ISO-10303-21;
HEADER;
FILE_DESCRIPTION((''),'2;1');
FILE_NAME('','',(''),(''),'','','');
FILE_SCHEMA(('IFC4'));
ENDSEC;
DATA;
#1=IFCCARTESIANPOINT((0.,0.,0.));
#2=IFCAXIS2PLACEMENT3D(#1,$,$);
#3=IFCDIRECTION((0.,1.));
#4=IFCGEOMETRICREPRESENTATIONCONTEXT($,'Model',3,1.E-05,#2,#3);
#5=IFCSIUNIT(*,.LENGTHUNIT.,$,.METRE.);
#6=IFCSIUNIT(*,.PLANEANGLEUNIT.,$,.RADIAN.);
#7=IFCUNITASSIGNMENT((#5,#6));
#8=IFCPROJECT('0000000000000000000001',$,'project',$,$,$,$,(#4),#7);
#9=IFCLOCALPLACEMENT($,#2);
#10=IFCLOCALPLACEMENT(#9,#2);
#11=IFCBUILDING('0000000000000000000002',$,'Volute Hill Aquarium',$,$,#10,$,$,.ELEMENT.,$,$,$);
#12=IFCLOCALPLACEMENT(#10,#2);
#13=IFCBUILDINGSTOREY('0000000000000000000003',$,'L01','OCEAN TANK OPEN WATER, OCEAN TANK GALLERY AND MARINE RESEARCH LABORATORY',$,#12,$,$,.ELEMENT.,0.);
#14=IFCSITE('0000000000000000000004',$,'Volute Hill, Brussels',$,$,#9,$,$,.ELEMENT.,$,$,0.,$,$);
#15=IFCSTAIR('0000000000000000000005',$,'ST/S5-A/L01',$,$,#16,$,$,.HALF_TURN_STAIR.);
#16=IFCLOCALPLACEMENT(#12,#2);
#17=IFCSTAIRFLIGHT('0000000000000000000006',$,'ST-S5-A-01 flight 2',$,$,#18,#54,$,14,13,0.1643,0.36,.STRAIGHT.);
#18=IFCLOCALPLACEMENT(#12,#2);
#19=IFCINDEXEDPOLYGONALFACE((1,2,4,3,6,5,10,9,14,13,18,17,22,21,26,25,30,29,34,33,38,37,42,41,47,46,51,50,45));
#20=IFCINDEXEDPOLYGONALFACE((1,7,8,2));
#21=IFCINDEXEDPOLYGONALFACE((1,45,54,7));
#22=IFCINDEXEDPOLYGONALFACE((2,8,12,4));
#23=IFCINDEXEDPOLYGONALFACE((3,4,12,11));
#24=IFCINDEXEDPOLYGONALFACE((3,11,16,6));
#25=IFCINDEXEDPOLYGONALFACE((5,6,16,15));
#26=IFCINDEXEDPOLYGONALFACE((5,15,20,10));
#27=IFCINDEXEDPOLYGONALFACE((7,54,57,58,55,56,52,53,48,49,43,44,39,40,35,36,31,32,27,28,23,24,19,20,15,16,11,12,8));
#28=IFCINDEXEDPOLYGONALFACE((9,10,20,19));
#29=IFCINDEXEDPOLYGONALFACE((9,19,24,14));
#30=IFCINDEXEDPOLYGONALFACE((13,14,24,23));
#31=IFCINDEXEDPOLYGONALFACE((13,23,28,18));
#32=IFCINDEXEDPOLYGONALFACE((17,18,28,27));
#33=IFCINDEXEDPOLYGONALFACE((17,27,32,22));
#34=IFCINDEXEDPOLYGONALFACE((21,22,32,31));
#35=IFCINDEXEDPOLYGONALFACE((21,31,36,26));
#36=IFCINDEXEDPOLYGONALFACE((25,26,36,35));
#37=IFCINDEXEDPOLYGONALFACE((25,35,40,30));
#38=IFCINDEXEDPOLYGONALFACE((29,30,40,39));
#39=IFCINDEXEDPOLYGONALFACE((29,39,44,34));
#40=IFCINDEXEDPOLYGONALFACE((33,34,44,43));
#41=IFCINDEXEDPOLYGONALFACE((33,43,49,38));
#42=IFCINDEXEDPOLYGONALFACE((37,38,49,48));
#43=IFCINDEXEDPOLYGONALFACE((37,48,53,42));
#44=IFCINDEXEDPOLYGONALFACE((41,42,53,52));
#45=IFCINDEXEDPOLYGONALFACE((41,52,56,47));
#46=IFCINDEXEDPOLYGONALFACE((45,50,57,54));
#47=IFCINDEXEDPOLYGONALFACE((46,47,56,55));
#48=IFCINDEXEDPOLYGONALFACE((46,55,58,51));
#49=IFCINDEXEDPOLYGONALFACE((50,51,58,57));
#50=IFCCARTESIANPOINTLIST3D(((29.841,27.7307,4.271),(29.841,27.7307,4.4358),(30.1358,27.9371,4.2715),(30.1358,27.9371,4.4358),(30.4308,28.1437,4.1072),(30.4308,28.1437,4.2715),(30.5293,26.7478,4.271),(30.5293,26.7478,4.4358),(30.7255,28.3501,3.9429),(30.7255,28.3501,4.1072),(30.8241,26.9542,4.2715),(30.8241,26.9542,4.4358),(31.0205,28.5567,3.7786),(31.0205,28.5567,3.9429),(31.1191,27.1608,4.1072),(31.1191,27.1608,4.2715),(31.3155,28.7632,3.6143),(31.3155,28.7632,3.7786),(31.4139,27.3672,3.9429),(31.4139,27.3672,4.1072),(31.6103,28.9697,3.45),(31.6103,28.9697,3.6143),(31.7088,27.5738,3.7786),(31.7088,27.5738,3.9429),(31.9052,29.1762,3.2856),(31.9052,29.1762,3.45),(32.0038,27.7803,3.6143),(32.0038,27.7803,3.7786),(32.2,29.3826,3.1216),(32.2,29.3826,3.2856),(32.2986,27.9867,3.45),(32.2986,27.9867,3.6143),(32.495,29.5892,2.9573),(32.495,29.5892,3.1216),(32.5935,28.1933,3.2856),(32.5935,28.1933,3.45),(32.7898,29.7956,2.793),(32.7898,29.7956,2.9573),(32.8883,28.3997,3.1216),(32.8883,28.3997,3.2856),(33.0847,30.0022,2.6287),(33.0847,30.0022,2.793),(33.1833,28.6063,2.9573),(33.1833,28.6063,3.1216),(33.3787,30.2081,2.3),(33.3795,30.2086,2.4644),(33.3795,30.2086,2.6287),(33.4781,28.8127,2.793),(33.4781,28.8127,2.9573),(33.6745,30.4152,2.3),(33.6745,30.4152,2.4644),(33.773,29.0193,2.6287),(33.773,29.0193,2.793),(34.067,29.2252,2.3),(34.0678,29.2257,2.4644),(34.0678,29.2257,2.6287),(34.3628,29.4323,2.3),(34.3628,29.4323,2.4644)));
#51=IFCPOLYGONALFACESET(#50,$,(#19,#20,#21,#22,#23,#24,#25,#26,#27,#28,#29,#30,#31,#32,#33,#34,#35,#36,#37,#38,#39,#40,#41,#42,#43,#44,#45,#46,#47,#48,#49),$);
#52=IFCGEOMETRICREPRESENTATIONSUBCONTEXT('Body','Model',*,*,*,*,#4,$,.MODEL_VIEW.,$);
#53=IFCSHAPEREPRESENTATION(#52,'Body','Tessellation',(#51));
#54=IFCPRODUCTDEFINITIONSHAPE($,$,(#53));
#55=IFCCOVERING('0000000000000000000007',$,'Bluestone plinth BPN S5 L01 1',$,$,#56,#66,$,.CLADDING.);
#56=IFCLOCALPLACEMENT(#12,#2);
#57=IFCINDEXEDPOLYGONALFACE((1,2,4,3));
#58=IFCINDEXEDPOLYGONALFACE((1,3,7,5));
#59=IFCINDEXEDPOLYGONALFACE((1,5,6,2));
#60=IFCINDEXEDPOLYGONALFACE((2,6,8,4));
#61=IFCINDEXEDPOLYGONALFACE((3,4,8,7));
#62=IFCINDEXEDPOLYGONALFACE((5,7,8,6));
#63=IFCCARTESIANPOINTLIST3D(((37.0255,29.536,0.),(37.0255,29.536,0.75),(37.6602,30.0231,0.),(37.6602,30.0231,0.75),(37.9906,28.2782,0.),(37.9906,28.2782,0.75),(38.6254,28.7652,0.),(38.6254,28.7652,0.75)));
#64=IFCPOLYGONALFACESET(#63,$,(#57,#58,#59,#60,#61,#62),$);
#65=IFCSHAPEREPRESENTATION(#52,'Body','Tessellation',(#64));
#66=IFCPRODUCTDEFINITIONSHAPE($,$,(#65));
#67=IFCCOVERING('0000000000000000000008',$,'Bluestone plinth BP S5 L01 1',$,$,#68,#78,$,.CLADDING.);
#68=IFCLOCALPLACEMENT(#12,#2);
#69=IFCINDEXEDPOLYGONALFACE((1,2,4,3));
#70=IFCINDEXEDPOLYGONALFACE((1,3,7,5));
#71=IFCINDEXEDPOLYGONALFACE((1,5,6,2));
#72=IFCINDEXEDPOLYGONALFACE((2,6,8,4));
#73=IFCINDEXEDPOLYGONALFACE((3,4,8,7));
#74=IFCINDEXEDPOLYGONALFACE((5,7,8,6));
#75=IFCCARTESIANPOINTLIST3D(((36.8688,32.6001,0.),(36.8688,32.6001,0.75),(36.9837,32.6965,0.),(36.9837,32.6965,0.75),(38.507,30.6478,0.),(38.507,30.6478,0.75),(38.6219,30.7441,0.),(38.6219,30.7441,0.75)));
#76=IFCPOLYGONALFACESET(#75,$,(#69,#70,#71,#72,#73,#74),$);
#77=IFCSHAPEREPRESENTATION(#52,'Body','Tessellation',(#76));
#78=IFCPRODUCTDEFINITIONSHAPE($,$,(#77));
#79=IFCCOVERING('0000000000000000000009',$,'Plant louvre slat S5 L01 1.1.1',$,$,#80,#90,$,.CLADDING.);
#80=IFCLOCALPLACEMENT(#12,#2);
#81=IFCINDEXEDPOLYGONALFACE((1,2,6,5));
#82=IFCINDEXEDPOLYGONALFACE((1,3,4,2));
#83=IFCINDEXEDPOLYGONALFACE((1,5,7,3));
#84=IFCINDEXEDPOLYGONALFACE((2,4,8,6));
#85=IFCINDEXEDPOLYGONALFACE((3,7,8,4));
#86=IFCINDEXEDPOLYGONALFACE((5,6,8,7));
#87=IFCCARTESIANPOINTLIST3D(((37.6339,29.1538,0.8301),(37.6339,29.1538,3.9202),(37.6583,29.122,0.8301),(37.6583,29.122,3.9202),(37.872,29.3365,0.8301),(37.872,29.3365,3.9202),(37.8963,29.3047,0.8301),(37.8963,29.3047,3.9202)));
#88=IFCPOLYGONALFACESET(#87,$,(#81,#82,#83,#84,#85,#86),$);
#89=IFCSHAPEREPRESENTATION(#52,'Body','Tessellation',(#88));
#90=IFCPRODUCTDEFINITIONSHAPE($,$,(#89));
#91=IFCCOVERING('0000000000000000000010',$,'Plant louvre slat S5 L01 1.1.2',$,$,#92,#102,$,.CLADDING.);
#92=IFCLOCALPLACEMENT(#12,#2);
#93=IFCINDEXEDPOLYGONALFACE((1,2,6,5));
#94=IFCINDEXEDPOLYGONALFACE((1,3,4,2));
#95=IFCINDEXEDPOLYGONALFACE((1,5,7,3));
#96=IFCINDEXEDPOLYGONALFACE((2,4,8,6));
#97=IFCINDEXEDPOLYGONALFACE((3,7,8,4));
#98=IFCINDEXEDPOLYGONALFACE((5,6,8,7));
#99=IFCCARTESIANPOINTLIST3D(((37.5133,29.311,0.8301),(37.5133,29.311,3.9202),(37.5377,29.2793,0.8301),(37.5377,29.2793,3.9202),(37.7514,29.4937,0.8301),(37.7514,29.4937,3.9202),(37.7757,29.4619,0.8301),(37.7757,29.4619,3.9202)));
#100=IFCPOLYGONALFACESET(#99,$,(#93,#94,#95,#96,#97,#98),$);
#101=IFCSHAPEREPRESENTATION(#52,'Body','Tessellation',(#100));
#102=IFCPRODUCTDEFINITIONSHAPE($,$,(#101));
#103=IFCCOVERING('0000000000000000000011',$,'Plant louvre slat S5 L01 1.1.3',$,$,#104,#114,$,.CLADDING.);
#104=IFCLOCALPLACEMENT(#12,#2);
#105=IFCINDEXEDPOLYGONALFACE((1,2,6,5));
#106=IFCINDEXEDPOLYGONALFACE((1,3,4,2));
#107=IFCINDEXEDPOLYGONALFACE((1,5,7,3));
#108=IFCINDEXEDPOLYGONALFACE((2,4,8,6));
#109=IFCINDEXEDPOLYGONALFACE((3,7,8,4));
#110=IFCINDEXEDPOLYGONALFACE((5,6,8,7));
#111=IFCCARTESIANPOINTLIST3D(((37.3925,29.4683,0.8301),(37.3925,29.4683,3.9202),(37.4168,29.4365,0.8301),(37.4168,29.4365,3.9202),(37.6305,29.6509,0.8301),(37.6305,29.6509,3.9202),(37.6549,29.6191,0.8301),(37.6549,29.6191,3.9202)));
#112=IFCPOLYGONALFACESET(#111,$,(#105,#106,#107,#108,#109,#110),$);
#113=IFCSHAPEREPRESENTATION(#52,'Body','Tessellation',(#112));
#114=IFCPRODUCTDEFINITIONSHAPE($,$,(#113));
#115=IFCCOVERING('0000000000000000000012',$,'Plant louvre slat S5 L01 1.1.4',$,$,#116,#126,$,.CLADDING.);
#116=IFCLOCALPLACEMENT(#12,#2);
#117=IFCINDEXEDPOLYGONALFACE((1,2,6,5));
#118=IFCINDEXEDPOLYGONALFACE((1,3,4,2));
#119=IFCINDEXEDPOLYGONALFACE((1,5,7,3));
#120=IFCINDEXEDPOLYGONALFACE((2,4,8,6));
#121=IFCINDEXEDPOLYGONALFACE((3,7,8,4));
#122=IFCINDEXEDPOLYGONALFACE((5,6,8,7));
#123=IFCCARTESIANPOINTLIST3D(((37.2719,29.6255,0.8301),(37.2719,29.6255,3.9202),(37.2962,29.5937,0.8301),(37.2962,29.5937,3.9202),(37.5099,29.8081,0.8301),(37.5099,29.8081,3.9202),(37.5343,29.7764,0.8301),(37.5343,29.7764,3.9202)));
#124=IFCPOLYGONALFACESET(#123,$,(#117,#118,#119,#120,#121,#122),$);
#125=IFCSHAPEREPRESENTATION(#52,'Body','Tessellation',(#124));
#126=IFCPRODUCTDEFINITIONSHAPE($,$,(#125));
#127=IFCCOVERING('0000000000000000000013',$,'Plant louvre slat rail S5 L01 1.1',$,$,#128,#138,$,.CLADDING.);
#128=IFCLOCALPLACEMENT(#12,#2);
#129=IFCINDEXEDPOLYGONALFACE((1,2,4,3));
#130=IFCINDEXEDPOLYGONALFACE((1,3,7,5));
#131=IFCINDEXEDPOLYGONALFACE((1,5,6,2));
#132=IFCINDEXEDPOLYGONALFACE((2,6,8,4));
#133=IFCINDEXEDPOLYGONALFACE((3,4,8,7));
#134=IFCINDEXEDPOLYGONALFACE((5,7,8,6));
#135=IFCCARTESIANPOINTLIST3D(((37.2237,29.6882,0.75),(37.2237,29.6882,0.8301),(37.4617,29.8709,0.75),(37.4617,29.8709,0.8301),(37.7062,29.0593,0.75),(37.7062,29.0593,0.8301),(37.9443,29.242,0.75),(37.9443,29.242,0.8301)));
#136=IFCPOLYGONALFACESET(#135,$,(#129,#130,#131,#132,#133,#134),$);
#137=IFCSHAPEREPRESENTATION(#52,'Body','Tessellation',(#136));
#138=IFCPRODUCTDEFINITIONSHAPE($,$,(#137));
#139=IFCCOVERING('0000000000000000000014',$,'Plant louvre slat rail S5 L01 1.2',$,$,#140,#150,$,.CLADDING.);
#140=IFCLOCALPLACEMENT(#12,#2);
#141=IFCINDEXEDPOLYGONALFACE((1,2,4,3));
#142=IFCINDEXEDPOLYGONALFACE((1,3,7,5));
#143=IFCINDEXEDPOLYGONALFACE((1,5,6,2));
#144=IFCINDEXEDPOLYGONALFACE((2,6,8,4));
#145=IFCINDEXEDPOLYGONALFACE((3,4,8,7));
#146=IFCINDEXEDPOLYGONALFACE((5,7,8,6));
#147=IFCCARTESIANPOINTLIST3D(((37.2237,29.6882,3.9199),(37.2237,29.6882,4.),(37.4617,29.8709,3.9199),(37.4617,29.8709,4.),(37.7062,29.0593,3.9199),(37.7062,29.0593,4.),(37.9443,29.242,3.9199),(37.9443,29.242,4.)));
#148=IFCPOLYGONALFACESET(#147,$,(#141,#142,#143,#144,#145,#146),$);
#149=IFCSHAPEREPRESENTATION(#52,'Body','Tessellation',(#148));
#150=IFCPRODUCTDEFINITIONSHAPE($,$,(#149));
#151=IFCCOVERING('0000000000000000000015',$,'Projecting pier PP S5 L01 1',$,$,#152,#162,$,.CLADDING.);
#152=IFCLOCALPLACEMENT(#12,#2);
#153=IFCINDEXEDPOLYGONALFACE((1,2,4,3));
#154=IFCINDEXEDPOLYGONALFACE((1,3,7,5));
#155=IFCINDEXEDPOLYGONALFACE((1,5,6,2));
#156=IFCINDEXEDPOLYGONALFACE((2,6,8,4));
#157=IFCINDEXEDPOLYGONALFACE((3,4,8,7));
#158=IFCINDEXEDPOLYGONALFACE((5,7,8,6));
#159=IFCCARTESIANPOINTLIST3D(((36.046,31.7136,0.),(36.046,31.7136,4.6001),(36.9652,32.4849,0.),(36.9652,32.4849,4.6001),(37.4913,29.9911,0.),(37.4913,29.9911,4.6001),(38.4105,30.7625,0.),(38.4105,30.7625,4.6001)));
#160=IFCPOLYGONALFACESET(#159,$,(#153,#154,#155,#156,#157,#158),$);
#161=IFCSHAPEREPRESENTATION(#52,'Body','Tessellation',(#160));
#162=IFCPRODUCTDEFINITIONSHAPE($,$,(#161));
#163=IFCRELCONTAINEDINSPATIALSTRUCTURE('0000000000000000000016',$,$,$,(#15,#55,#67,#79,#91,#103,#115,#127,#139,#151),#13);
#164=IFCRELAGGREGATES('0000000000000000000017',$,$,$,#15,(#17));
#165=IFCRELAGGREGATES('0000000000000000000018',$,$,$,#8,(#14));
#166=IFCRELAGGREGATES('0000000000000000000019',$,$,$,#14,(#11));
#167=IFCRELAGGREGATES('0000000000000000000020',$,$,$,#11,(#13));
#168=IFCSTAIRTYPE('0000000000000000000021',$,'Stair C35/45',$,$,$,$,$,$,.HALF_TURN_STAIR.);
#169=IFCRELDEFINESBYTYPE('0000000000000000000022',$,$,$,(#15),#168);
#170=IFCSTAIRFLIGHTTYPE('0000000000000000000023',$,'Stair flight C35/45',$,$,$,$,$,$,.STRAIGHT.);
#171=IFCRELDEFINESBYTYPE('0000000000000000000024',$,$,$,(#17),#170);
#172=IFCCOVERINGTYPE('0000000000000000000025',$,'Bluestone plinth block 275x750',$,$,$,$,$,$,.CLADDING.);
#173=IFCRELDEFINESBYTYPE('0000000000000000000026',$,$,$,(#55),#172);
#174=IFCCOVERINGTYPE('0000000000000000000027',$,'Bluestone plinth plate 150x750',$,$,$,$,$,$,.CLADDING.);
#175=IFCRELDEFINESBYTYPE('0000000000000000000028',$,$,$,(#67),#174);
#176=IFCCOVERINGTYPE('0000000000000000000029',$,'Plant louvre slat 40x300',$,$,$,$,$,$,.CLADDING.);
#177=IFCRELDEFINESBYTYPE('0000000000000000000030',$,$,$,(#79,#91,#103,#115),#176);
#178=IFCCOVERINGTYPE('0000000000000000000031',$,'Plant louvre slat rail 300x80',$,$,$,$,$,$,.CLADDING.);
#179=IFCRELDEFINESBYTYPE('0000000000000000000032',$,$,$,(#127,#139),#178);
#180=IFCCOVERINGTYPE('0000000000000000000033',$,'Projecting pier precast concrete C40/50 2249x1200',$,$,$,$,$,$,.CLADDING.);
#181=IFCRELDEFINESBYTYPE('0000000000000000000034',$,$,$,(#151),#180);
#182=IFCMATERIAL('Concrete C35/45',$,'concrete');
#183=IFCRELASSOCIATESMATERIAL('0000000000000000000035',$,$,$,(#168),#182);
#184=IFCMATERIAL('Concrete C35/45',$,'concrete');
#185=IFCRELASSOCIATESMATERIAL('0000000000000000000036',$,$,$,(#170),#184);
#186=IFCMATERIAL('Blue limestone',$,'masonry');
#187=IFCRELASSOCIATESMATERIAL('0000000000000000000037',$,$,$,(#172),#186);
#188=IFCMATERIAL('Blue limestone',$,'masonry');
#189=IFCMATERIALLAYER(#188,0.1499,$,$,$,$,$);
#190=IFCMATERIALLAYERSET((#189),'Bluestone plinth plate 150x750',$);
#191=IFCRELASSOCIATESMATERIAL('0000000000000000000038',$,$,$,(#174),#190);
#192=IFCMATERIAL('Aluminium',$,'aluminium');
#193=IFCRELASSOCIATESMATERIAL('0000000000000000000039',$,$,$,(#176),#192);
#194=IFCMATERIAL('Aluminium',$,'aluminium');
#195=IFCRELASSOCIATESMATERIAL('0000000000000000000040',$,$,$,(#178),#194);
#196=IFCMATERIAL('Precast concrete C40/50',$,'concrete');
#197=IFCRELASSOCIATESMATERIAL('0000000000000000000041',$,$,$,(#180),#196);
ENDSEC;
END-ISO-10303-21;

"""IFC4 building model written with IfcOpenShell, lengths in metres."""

from ifc_helpers import new_model, si_unit, direction, frame, origin, origin_2d, place, context, subcontext, project, spatial, polyline, rectangle, outline, extrude, material, layer, layer_set, type_object, element, aggregate, save


model = new_model("IFC4")

# Units and contexts
model_context = context("Model", 3, precision=1e-05, world=origin(), true_north=direction((0.0, 1.0)))
body_context = subcontext(model_context, "Body", "Model", "MODEL_VIEW")
ifc_project = project(units=[si_unit("LENGTHUNIT", "METRE"), si_unit("PLANEANGLEUNIT", "RADIAN")], contexts=[model_context])

# Site, building, storey
site_placement = place(None, origin())
site = spatial("IfcSite", under=ifc_project, at=site_placement, Name="Volute Hill, Brussels", CompositionType="ELEMENT", RefElevation=0.0)
building_placement = place(site_placement, origin())
building = spatial("IfcBuilding", under=site, at=building_placement, Name="Volute Hill Aquarium", CompositionType="ELEMENT")
storey_placement = place(building_placement, origin())
storey = spatial("IfcBuildingStorey", under=building, at=storey_placement, Name="L01", Description="OCEAN TANK OPEN WATER, OCEAN TANK GALLERY AND MARINE RESEARCH LABORATORY", CompositionType="ELEMENT", Elevation=0.0)

# Stair, stair flight
ifc_material_1 = material(Name="Concrete C35/45", Category="concrete")
stair_type = type_object("IfcStairType", Name="Stair C35/45", PredefinedType="HALF_TURN_STAIR", material=ifc_material_1)
stair_placement = place(storey_placement, origin())
stair = element("IfcStair", 1, at=stair_placement, inside=storey, type_object=stair_type, Name="ST/S5-A/L01", PredefinedType="HALF_TURN_STAIR")
ifc_material_2 = material(Name="Concrete C35/45", Category="concrete")
stair_flight_type = type_object("IfcStairFlightType", Name="Stair flight C35/45", PredefinedType="STRAIGHT", material=ifc_material_2)
stair_flight_placement = place(storey_placement, frame((34.0186, 29.9238, 2.3), z_axis=(0.0, 0.0, 1.0), x_axis=(-0.819124, -0.573617, 0.0)))
stair_flight = element("IfcStairFlight", 2, at=stair_flight_placement, type_object=stair_flight_type, Name="ST-S5-A-01 flight 2", NumberOfRisers=14, NumberOfTreads=13, PredefinedType="STRAIGHT", RiserHeight=0.1643, TreadLength=0.36, context=body_context, shape_type="SweptSolid", body=[
    extrude(outline(polyline([(0.0, 0.0), (0.0, 0.1643), (0.3601, 0.1643), (0.3601, 0.3286), (0.72, 0.3286), (0.72, 0.4929), (1.0801, 0.4929), (1.0801, 0.6572), (1.4399, 0.6572), (1.4399, 0.8215), (1.8, 0.8215), (1.8, 0.9856), (2.1599, 0.9856), (2.1599, 1.1499), (2.52, 1.1499), (2.52, 1.3142), (2.8799, 1.3142), (2.8799, 1.4785), (3.24, 1.4785), (3.24, 1.6428), (3.6001, 1.6428), (3.6001, 1.8071), (3.96, 1.8071), (3.96, 1.9714), (4.3201, 1.9714), (4.3201, 2.1357), (4.6799, 2.1357), (4.6799, 2.3), (4.6799, 1.9709), (0.3611, 0.0), (0.0, 0.0)])), frame((0.0, 0.6001, 0.0), z_axis=(0.0, -1.0, 0.0), x_axis=(1.0, 0.0, 0.0)), (0.0, 0.0, 1.0), 1.2),
])
aggregate(stair, [stair_flight])

# Coverings
ifc_material_3 = material(Name="Blue limestone", Category="masonry")
covering_type_1 = type_object("IfcCoveringType", Name="Bluestone plinth block 275x750", PredefinedType="CLADDING", material=ifc_material_3)
covering_1_placement = place(storey_placement, frame((37.8254, 29.1506, 0.0), z_axis=(0.0, 0.0, 1.0), x_axis=(-0.608753, 0.79336, 0.0)))
element("IfcCovering", 3, at=covering_1_placement, inside=storey, type_object=covering_type_1, Name="Bluestone plinth BPN S5 L01 1", PredefinedType="CLADDING", context=body_context, shape_type="SweptSolid", body=[
    extrude(rectangle(XDim=1.5854, YDim=0.8, at=origin_2d()), origin(), (0.0, 0.0, 1.0), 0.75),
])
ifc_material_4 = material(Name="Blue limestone", Category="masonry")
ifc_layer_1 = layer(ifc_material_4, 0.1499)
ifc_layer_set_1 = layer_set([ifc_layer_1], Name="Bluestone plinth plate 150x750")
covering_type_2 = type_object("IfcCoveringType", Name="Bluestone plinth plate 150x750", PredefinedType="CLADDING", material=ifc_layer_set_1)
covering_2_placement = place(storey_placement, frame((37.7454, 31.6721, 0.0), z_axis=(0.0, 0.0, 1.0), x_axis=(-0.642788, 0.766044, 0.0)))
element("IfcCovering", 4, at=covering_2_placement, inside=storey, type_object=covering_type_2, Name="Bluestone plinth BP S5 L01 1", PredefinedType="CLADDING", context=body_context, shape_type="SweptSolid", body=[
    extrude(rectangle(XDim=2.5486, YDim=0.1499, at=origin_2d()), origin(), (0.0, 0.0, 1.0), 0.75),
])

# Coverings
ifc_material_5 = material(Name="Aluminium", Category="aluminium")
covering_type_3 = type_object("IfcCoveringType", Name="Plant louvre slat 40x300", PredefinedType="CLADDING", material=ifc_material_5)
for number, where, z_axis, x_axis, name in (
    (5, (37.7651, 29.2292, 0.8301), (0.0, 0.0, 1.0), (-0.608753, 0.79336, 0.0), "Plant louvre slat S5 L01 1.1.1"),
    (6, (37.6445, 29.3865, 0.8301), (0.0, 0.0, 1.0), (-0.608753, 0.79336, 0.0), "Plant louvre slat S5 L01 1.1.2"),
    (7, (37.5237, 29.5437, 0.8301), (0.0, 0.0, 1.0), (-0.608753, 0.79336, 0.0), "Plant louvre slat S5 L01 1.1.3"),
    (8, (37.4031, 29.7009, 0.8301), (0.0, 0.0, 1.0), (-0.608753, 0.79336, 0.0), "Plant louvre slat S5 L01 1.1.4"),
):
    element("IfcCovering", number, at=place(storey_placement, frame(where, z_axis=z_axis, x_axis=x_axis)), inside=storey, type_object=covering_type_3, Name=name, PredefinedType="CLADDING", context=body_context, shape_type="SweptSolid", body=[
        extrude(rectangle(XDim=0.04, YDim=0.3, at=origin_2d()), origin(), (0.0, 0.0, 1.0), 3.0901),
    ])
ifc_material_6 = material(Name="Aluminium", Category="aluminium")
covering_type_4 = type_object("IfcCoveringType", Name="Plant louvre slat rail 300x80", PredefinedType="CLADDING", material=ifc_material_6)
for number, where, z_axis, x_axis, name in (
    (9, (37.584, 29.4651, 0.75), (0.0, 0.0, 1.0), (-0.608753, 0.79336, 0.0), "Plant louvre slat rail S5 L01 1.1"),
    (10, (37.584, 29.4651, 3.9199), (0.0, 0.0, 1.0), (-0.608753, 0.79336, 0.0), "Plant louvre slat rail S5 L01 1.2"),
):
    element("IfcCovering", number, at=place(storey_placement, frame(where, z_axis=z_axis, x_axis=x_axis)), inside=storey, type_object=covering_type_4, Name=name, PredefinedType="CLADDING", context=body_context, shape_type="SweptSolid", body=[
        extrude(rectangle(XDim=0.7927, YDim=0.3, at=origin_2d()), origin(), (0.0, 0.0, 1.0), 0.0801),
    ])
ifc_material_7 = material(Name="Precast concrete C40/50", Category="concrete")
covering_type_5 = type_object("IfcCoveringType", Name="Projecting pier precast concrete C40/50 2249x1200", PredefinedType="CLADDING", material=ifc_material_7)
covering_3_placement = place(storey_placement, frame((37.2283, 31.238, 0.0), z_axis=(0.0, 0.0, 1.0), x_axis=(-0.642788, 0.766044, 0.0)))
element("IfcCovering", 11, at=covering_3_placement, inside=storey, type_object=covering_type_5, Name="Projecting pier PP S5 L01 1", PredefinedType="CLADDING", context=body_context, shape_type="SweptSolid", body=[
    extrude(rectangle(XDim=2.2485, YDim=1.2, at=origin_2d()), origin(), (0.0, 0.0, 1.0), 4.6001),
])

save(model, "model.ifc")
